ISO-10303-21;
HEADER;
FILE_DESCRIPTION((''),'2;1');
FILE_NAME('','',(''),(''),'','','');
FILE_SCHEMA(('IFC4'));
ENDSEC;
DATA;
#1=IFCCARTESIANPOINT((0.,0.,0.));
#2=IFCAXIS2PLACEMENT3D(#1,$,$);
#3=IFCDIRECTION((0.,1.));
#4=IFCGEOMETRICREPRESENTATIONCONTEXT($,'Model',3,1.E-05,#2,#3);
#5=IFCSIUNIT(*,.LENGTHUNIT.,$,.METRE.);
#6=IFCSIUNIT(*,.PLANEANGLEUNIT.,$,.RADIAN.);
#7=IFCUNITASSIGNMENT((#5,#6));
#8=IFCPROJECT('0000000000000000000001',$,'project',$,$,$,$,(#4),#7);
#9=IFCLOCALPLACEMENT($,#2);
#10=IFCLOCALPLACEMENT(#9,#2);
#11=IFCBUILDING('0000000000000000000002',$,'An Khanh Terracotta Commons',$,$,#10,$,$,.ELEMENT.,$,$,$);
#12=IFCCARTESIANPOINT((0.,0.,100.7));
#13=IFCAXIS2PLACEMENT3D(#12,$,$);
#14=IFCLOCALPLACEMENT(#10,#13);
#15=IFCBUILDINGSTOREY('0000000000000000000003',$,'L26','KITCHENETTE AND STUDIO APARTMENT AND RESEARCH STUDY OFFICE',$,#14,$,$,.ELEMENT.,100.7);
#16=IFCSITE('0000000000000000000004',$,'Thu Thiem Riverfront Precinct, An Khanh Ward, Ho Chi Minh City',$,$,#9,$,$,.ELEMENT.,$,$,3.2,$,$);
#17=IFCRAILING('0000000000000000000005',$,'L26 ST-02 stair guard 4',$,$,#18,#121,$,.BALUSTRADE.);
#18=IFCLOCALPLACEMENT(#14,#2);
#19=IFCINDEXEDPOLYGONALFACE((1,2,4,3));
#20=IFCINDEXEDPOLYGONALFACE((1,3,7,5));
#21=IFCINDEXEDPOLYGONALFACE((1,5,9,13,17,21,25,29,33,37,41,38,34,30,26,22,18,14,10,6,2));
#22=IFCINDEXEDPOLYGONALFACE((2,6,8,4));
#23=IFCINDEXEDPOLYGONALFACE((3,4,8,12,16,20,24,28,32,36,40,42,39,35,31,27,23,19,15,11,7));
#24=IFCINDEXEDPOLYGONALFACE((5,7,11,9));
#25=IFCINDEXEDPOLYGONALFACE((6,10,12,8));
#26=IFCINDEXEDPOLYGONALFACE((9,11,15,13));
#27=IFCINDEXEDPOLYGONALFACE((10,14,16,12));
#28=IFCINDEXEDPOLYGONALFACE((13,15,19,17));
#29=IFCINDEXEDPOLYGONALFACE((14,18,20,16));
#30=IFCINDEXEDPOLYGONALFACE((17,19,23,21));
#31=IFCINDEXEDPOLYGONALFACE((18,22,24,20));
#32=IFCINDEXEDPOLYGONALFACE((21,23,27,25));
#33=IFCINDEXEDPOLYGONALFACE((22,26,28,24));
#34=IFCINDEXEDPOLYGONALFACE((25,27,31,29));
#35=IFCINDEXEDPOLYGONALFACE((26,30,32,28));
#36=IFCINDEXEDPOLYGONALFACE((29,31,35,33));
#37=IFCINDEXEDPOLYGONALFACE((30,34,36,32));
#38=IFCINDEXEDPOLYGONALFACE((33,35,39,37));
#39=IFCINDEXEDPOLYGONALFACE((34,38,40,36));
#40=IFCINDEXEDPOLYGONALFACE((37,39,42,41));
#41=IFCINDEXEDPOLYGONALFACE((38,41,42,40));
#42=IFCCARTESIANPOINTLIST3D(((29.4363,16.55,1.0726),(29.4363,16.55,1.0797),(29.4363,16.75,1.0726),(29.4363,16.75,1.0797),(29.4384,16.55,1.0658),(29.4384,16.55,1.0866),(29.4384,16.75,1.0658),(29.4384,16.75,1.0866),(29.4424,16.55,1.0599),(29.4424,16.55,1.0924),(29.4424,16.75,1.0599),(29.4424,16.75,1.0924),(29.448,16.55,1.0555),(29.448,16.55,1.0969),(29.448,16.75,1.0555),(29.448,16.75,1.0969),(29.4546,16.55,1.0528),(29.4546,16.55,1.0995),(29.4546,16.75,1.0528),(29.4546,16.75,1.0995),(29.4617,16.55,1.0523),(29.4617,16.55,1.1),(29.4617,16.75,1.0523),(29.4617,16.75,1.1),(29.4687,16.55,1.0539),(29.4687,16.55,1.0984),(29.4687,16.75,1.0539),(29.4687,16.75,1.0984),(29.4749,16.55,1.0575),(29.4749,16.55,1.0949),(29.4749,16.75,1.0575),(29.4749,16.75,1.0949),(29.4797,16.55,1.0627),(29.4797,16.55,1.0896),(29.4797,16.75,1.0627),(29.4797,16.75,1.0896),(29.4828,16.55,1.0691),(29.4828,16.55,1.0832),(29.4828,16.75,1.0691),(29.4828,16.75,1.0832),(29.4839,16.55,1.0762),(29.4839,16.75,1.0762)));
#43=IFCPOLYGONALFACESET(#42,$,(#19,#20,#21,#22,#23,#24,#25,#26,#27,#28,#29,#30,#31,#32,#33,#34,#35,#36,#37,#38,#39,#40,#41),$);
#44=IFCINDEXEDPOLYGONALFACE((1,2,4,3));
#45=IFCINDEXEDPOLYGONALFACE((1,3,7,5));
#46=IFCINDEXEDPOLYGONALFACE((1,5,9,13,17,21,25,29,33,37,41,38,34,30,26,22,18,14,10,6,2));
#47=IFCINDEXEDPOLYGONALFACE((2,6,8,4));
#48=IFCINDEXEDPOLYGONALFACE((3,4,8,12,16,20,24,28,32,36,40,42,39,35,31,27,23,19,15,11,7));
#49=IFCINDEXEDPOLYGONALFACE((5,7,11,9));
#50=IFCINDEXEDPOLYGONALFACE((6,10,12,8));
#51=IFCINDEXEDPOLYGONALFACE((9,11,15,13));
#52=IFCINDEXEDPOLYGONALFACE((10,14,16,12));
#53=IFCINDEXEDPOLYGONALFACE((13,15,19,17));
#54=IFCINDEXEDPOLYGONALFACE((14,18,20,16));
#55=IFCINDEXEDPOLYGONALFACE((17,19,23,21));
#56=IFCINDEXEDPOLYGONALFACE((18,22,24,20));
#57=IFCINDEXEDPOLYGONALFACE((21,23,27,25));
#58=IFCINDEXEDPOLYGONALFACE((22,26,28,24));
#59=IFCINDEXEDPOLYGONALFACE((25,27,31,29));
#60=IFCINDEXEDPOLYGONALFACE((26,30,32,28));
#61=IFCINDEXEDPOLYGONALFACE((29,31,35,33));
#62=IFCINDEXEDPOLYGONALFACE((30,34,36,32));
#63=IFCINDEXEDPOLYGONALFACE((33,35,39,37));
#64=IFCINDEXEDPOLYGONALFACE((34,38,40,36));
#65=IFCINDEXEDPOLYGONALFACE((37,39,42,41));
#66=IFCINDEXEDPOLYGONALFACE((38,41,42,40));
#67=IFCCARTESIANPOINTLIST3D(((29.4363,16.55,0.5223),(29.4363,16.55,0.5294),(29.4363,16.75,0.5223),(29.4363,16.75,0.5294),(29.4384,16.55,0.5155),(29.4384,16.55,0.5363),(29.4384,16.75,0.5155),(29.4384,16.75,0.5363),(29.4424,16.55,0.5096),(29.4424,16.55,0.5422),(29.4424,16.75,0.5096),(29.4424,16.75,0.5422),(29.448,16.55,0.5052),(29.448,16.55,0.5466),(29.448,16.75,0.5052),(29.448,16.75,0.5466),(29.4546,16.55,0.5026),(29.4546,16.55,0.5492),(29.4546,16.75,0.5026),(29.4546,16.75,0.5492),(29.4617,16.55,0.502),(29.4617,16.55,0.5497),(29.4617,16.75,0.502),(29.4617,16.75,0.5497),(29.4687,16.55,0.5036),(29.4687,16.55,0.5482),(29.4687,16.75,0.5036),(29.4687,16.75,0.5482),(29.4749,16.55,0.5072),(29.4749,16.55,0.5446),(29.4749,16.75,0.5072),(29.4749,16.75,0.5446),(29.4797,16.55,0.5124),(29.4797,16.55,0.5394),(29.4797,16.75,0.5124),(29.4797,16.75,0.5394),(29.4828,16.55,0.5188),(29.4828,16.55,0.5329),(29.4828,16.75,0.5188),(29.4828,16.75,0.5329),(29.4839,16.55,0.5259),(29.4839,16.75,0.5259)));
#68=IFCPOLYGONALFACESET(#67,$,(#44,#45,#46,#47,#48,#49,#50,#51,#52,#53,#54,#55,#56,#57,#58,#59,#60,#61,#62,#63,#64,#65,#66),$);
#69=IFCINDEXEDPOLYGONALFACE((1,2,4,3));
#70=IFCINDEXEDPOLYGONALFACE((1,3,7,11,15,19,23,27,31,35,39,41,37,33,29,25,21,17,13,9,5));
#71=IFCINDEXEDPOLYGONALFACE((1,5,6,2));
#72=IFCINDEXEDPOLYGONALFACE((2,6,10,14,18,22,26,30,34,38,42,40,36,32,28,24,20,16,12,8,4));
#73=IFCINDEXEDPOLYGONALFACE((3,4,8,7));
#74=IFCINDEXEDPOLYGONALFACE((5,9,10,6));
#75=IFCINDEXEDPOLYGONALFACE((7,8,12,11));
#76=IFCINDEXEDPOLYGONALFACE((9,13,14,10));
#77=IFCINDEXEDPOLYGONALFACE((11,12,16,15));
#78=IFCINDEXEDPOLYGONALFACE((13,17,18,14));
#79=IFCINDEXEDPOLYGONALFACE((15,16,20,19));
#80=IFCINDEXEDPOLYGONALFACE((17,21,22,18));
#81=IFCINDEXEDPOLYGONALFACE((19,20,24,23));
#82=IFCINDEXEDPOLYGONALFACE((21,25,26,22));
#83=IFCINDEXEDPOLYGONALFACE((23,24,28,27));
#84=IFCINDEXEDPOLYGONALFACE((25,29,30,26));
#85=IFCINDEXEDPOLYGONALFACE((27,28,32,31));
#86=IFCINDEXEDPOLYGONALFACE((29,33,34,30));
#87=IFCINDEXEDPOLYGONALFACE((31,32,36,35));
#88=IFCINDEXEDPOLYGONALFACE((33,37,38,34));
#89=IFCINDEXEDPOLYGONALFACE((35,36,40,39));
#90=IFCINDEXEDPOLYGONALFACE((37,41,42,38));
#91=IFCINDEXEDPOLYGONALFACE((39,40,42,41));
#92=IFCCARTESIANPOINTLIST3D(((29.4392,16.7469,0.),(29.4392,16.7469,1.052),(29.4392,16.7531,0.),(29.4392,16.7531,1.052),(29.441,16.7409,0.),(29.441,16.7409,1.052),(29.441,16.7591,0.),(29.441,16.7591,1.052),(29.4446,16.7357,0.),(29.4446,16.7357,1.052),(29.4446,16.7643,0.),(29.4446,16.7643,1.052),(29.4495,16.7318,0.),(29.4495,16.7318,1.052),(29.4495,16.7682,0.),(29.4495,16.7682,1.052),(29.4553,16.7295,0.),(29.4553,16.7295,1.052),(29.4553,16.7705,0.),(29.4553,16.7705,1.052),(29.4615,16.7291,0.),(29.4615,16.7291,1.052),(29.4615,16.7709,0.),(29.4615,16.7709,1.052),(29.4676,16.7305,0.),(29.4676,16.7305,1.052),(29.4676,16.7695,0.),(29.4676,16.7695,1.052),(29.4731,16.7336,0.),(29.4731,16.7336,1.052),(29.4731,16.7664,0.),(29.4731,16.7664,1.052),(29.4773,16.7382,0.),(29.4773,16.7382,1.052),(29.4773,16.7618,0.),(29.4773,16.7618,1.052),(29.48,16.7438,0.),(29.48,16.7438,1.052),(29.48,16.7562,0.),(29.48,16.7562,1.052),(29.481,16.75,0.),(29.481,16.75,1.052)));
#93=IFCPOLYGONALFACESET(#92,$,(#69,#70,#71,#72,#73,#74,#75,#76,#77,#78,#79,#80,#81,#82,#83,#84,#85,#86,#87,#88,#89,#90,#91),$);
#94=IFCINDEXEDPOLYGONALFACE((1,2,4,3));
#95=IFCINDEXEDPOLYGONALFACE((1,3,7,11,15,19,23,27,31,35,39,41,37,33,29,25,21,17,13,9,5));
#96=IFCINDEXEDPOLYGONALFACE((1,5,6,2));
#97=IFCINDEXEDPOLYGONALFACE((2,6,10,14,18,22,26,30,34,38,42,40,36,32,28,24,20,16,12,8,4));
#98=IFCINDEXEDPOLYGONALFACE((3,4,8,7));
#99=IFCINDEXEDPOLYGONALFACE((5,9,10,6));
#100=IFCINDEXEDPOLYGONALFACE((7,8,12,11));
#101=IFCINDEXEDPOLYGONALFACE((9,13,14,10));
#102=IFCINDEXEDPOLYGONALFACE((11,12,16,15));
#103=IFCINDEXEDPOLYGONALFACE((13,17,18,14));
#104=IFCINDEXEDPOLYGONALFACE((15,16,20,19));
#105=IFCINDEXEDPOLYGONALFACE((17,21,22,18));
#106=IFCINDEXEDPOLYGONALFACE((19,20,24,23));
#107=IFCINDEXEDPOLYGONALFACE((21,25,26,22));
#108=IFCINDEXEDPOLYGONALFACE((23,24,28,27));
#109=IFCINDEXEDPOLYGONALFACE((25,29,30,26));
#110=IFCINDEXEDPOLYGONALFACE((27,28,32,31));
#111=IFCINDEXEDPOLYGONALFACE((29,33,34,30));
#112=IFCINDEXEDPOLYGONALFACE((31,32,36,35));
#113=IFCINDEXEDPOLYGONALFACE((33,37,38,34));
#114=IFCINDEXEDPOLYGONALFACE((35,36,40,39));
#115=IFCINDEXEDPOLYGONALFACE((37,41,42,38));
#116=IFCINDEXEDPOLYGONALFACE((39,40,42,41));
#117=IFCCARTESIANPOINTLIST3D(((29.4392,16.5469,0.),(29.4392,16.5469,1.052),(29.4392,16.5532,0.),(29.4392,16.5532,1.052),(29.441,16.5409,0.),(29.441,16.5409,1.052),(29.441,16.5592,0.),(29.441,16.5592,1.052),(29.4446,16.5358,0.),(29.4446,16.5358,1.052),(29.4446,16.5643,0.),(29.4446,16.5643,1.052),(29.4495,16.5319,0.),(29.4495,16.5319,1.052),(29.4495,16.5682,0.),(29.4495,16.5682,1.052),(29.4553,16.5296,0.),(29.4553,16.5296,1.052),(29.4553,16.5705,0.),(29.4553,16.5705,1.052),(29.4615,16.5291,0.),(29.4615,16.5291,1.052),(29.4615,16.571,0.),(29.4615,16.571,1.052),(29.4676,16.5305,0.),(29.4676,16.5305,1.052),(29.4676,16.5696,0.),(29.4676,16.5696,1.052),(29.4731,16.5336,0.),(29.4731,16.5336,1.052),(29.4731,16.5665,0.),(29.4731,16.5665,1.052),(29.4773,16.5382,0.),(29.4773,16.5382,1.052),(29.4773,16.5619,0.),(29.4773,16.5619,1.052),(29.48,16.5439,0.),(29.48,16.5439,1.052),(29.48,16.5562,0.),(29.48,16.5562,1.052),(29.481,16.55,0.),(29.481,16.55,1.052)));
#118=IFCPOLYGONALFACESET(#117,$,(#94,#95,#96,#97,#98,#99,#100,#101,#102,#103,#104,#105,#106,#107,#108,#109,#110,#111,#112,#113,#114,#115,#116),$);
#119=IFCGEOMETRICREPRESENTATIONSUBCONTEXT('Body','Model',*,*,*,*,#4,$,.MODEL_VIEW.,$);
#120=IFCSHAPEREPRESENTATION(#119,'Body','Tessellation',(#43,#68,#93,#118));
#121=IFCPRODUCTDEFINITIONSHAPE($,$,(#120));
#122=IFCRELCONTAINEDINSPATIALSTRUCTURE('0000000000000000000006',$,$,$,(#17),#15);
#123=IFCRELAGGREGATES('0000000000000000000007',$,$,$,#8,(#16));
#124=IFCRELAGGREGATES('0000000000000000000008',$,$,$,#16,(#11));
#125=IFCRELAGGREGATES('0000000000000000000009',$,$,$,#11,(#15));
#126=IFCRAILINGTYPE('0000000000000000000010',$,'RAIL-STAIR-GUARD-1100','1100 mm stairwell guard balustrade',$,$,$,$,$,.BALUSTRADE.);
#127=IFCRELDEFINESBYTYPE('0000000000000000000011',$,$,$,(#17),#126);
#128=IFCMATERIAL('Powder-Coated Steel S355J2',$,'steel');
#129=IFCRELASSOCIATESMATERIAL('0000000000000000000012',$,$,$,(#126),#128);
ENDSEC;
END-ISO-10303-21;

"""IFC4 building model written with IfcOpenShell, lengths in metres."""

from ifc_helpers import new_model, si_unit, direction, frame, origin, origin_2d, place, context, subcontext, project, spatial, circle, extrude, material, type_object, element, save


model = new_model("IFC4")

# Units and contexts
model_context = context("Model", 3, precision=1e-05, world=origin(), true_north=direction((0.0, 1.0)))
body_context = subcontext(model_context, "Body", "Model", "MODEL_VIEW")
ifc_project = project(units=[si_unit("LENGTHUNIT", "METRE"), si_unit("PLANEANGLEUNIT", "RADIAN")], contexts=[model_context])

# Site, building, storey
site_placement = place(None, origin())
site = spatial("IfcSite", under=ifc_project, at=site_placement, Name="Thu Thiem Riverfront Precinct, An Khanh Ward, Ho Chi Minh City", CompositionType="ELEMENT", RefElevation=3.2)
building_placement = place(site_placement, origin())
building = spatial("IfcBuilding", under=site, at=building_placement, Name="An Khanh Terracotta Commons", CompositionType="ELEMENT")
storey_placement = place(building_placement, frame((0.0, 0.0, 100.7)))
storey = spatial("IfcBuildingStorey", under=building, at=storey_placement, Name="L26", Description="KITCHENETTE AND STUDIO APARTMENT AND RESEARCH STUDY OFFICE", CompositionType="ELEMENT", Elevation=100.7)

# Railing
ifc_material_1 = material(Name="Powder-Coated Steel S355J2", Category="steel")
railing_type_1 = type_object("IfcRailingType", Name="RAIL-STAIR-GUARD-1100", Description="1100 mm stairwell guard balustrade", PredefinedType="BALUSTRADE", material=ifc_material_1)
railing_1_placement = place(storey_placement, frame((29.46, 16.75, 0.0)))
element("IfcRailing", 1, at=railing_1_placement, inside=storey, type_object=railing_type_1, Name="L26 ST-02 stair guard 4", PredefinedType="BALUSTRADE", context=body_context, shape_type="SweptSolid", body=[
    extrude(circle(Radius=0.0239, at=origin_2d()), frame((0.0, 0.0, 1.0762), z_axis=(0.0, -1.0, 0.0), x_axis=(1.0, 0.0, 0.0)), (0.0, 0.0, 1.0), 0.2),
    extrude(circle(Radius=0.0239, at=origin_2d()), frame((0.0, 0.0, 0.5259), z_axis=(0.0, -1.0, 0.0), x_axis=(1.0, 0.0, 0.0)), (0.0, 0.0, 1.0), 0.2),
    extrude(circle(Radius=0.021, at=origin_2d()), origin(), (0.0, 0.0, 1.0), 1.052),
    extrude(circle(Radius=0.021, at=origin_2d()), frame((0.0, -0.2, 0.0)), (0.0, 0.0, 1.0), 1.052),
])

save(model, "model.ifc")
